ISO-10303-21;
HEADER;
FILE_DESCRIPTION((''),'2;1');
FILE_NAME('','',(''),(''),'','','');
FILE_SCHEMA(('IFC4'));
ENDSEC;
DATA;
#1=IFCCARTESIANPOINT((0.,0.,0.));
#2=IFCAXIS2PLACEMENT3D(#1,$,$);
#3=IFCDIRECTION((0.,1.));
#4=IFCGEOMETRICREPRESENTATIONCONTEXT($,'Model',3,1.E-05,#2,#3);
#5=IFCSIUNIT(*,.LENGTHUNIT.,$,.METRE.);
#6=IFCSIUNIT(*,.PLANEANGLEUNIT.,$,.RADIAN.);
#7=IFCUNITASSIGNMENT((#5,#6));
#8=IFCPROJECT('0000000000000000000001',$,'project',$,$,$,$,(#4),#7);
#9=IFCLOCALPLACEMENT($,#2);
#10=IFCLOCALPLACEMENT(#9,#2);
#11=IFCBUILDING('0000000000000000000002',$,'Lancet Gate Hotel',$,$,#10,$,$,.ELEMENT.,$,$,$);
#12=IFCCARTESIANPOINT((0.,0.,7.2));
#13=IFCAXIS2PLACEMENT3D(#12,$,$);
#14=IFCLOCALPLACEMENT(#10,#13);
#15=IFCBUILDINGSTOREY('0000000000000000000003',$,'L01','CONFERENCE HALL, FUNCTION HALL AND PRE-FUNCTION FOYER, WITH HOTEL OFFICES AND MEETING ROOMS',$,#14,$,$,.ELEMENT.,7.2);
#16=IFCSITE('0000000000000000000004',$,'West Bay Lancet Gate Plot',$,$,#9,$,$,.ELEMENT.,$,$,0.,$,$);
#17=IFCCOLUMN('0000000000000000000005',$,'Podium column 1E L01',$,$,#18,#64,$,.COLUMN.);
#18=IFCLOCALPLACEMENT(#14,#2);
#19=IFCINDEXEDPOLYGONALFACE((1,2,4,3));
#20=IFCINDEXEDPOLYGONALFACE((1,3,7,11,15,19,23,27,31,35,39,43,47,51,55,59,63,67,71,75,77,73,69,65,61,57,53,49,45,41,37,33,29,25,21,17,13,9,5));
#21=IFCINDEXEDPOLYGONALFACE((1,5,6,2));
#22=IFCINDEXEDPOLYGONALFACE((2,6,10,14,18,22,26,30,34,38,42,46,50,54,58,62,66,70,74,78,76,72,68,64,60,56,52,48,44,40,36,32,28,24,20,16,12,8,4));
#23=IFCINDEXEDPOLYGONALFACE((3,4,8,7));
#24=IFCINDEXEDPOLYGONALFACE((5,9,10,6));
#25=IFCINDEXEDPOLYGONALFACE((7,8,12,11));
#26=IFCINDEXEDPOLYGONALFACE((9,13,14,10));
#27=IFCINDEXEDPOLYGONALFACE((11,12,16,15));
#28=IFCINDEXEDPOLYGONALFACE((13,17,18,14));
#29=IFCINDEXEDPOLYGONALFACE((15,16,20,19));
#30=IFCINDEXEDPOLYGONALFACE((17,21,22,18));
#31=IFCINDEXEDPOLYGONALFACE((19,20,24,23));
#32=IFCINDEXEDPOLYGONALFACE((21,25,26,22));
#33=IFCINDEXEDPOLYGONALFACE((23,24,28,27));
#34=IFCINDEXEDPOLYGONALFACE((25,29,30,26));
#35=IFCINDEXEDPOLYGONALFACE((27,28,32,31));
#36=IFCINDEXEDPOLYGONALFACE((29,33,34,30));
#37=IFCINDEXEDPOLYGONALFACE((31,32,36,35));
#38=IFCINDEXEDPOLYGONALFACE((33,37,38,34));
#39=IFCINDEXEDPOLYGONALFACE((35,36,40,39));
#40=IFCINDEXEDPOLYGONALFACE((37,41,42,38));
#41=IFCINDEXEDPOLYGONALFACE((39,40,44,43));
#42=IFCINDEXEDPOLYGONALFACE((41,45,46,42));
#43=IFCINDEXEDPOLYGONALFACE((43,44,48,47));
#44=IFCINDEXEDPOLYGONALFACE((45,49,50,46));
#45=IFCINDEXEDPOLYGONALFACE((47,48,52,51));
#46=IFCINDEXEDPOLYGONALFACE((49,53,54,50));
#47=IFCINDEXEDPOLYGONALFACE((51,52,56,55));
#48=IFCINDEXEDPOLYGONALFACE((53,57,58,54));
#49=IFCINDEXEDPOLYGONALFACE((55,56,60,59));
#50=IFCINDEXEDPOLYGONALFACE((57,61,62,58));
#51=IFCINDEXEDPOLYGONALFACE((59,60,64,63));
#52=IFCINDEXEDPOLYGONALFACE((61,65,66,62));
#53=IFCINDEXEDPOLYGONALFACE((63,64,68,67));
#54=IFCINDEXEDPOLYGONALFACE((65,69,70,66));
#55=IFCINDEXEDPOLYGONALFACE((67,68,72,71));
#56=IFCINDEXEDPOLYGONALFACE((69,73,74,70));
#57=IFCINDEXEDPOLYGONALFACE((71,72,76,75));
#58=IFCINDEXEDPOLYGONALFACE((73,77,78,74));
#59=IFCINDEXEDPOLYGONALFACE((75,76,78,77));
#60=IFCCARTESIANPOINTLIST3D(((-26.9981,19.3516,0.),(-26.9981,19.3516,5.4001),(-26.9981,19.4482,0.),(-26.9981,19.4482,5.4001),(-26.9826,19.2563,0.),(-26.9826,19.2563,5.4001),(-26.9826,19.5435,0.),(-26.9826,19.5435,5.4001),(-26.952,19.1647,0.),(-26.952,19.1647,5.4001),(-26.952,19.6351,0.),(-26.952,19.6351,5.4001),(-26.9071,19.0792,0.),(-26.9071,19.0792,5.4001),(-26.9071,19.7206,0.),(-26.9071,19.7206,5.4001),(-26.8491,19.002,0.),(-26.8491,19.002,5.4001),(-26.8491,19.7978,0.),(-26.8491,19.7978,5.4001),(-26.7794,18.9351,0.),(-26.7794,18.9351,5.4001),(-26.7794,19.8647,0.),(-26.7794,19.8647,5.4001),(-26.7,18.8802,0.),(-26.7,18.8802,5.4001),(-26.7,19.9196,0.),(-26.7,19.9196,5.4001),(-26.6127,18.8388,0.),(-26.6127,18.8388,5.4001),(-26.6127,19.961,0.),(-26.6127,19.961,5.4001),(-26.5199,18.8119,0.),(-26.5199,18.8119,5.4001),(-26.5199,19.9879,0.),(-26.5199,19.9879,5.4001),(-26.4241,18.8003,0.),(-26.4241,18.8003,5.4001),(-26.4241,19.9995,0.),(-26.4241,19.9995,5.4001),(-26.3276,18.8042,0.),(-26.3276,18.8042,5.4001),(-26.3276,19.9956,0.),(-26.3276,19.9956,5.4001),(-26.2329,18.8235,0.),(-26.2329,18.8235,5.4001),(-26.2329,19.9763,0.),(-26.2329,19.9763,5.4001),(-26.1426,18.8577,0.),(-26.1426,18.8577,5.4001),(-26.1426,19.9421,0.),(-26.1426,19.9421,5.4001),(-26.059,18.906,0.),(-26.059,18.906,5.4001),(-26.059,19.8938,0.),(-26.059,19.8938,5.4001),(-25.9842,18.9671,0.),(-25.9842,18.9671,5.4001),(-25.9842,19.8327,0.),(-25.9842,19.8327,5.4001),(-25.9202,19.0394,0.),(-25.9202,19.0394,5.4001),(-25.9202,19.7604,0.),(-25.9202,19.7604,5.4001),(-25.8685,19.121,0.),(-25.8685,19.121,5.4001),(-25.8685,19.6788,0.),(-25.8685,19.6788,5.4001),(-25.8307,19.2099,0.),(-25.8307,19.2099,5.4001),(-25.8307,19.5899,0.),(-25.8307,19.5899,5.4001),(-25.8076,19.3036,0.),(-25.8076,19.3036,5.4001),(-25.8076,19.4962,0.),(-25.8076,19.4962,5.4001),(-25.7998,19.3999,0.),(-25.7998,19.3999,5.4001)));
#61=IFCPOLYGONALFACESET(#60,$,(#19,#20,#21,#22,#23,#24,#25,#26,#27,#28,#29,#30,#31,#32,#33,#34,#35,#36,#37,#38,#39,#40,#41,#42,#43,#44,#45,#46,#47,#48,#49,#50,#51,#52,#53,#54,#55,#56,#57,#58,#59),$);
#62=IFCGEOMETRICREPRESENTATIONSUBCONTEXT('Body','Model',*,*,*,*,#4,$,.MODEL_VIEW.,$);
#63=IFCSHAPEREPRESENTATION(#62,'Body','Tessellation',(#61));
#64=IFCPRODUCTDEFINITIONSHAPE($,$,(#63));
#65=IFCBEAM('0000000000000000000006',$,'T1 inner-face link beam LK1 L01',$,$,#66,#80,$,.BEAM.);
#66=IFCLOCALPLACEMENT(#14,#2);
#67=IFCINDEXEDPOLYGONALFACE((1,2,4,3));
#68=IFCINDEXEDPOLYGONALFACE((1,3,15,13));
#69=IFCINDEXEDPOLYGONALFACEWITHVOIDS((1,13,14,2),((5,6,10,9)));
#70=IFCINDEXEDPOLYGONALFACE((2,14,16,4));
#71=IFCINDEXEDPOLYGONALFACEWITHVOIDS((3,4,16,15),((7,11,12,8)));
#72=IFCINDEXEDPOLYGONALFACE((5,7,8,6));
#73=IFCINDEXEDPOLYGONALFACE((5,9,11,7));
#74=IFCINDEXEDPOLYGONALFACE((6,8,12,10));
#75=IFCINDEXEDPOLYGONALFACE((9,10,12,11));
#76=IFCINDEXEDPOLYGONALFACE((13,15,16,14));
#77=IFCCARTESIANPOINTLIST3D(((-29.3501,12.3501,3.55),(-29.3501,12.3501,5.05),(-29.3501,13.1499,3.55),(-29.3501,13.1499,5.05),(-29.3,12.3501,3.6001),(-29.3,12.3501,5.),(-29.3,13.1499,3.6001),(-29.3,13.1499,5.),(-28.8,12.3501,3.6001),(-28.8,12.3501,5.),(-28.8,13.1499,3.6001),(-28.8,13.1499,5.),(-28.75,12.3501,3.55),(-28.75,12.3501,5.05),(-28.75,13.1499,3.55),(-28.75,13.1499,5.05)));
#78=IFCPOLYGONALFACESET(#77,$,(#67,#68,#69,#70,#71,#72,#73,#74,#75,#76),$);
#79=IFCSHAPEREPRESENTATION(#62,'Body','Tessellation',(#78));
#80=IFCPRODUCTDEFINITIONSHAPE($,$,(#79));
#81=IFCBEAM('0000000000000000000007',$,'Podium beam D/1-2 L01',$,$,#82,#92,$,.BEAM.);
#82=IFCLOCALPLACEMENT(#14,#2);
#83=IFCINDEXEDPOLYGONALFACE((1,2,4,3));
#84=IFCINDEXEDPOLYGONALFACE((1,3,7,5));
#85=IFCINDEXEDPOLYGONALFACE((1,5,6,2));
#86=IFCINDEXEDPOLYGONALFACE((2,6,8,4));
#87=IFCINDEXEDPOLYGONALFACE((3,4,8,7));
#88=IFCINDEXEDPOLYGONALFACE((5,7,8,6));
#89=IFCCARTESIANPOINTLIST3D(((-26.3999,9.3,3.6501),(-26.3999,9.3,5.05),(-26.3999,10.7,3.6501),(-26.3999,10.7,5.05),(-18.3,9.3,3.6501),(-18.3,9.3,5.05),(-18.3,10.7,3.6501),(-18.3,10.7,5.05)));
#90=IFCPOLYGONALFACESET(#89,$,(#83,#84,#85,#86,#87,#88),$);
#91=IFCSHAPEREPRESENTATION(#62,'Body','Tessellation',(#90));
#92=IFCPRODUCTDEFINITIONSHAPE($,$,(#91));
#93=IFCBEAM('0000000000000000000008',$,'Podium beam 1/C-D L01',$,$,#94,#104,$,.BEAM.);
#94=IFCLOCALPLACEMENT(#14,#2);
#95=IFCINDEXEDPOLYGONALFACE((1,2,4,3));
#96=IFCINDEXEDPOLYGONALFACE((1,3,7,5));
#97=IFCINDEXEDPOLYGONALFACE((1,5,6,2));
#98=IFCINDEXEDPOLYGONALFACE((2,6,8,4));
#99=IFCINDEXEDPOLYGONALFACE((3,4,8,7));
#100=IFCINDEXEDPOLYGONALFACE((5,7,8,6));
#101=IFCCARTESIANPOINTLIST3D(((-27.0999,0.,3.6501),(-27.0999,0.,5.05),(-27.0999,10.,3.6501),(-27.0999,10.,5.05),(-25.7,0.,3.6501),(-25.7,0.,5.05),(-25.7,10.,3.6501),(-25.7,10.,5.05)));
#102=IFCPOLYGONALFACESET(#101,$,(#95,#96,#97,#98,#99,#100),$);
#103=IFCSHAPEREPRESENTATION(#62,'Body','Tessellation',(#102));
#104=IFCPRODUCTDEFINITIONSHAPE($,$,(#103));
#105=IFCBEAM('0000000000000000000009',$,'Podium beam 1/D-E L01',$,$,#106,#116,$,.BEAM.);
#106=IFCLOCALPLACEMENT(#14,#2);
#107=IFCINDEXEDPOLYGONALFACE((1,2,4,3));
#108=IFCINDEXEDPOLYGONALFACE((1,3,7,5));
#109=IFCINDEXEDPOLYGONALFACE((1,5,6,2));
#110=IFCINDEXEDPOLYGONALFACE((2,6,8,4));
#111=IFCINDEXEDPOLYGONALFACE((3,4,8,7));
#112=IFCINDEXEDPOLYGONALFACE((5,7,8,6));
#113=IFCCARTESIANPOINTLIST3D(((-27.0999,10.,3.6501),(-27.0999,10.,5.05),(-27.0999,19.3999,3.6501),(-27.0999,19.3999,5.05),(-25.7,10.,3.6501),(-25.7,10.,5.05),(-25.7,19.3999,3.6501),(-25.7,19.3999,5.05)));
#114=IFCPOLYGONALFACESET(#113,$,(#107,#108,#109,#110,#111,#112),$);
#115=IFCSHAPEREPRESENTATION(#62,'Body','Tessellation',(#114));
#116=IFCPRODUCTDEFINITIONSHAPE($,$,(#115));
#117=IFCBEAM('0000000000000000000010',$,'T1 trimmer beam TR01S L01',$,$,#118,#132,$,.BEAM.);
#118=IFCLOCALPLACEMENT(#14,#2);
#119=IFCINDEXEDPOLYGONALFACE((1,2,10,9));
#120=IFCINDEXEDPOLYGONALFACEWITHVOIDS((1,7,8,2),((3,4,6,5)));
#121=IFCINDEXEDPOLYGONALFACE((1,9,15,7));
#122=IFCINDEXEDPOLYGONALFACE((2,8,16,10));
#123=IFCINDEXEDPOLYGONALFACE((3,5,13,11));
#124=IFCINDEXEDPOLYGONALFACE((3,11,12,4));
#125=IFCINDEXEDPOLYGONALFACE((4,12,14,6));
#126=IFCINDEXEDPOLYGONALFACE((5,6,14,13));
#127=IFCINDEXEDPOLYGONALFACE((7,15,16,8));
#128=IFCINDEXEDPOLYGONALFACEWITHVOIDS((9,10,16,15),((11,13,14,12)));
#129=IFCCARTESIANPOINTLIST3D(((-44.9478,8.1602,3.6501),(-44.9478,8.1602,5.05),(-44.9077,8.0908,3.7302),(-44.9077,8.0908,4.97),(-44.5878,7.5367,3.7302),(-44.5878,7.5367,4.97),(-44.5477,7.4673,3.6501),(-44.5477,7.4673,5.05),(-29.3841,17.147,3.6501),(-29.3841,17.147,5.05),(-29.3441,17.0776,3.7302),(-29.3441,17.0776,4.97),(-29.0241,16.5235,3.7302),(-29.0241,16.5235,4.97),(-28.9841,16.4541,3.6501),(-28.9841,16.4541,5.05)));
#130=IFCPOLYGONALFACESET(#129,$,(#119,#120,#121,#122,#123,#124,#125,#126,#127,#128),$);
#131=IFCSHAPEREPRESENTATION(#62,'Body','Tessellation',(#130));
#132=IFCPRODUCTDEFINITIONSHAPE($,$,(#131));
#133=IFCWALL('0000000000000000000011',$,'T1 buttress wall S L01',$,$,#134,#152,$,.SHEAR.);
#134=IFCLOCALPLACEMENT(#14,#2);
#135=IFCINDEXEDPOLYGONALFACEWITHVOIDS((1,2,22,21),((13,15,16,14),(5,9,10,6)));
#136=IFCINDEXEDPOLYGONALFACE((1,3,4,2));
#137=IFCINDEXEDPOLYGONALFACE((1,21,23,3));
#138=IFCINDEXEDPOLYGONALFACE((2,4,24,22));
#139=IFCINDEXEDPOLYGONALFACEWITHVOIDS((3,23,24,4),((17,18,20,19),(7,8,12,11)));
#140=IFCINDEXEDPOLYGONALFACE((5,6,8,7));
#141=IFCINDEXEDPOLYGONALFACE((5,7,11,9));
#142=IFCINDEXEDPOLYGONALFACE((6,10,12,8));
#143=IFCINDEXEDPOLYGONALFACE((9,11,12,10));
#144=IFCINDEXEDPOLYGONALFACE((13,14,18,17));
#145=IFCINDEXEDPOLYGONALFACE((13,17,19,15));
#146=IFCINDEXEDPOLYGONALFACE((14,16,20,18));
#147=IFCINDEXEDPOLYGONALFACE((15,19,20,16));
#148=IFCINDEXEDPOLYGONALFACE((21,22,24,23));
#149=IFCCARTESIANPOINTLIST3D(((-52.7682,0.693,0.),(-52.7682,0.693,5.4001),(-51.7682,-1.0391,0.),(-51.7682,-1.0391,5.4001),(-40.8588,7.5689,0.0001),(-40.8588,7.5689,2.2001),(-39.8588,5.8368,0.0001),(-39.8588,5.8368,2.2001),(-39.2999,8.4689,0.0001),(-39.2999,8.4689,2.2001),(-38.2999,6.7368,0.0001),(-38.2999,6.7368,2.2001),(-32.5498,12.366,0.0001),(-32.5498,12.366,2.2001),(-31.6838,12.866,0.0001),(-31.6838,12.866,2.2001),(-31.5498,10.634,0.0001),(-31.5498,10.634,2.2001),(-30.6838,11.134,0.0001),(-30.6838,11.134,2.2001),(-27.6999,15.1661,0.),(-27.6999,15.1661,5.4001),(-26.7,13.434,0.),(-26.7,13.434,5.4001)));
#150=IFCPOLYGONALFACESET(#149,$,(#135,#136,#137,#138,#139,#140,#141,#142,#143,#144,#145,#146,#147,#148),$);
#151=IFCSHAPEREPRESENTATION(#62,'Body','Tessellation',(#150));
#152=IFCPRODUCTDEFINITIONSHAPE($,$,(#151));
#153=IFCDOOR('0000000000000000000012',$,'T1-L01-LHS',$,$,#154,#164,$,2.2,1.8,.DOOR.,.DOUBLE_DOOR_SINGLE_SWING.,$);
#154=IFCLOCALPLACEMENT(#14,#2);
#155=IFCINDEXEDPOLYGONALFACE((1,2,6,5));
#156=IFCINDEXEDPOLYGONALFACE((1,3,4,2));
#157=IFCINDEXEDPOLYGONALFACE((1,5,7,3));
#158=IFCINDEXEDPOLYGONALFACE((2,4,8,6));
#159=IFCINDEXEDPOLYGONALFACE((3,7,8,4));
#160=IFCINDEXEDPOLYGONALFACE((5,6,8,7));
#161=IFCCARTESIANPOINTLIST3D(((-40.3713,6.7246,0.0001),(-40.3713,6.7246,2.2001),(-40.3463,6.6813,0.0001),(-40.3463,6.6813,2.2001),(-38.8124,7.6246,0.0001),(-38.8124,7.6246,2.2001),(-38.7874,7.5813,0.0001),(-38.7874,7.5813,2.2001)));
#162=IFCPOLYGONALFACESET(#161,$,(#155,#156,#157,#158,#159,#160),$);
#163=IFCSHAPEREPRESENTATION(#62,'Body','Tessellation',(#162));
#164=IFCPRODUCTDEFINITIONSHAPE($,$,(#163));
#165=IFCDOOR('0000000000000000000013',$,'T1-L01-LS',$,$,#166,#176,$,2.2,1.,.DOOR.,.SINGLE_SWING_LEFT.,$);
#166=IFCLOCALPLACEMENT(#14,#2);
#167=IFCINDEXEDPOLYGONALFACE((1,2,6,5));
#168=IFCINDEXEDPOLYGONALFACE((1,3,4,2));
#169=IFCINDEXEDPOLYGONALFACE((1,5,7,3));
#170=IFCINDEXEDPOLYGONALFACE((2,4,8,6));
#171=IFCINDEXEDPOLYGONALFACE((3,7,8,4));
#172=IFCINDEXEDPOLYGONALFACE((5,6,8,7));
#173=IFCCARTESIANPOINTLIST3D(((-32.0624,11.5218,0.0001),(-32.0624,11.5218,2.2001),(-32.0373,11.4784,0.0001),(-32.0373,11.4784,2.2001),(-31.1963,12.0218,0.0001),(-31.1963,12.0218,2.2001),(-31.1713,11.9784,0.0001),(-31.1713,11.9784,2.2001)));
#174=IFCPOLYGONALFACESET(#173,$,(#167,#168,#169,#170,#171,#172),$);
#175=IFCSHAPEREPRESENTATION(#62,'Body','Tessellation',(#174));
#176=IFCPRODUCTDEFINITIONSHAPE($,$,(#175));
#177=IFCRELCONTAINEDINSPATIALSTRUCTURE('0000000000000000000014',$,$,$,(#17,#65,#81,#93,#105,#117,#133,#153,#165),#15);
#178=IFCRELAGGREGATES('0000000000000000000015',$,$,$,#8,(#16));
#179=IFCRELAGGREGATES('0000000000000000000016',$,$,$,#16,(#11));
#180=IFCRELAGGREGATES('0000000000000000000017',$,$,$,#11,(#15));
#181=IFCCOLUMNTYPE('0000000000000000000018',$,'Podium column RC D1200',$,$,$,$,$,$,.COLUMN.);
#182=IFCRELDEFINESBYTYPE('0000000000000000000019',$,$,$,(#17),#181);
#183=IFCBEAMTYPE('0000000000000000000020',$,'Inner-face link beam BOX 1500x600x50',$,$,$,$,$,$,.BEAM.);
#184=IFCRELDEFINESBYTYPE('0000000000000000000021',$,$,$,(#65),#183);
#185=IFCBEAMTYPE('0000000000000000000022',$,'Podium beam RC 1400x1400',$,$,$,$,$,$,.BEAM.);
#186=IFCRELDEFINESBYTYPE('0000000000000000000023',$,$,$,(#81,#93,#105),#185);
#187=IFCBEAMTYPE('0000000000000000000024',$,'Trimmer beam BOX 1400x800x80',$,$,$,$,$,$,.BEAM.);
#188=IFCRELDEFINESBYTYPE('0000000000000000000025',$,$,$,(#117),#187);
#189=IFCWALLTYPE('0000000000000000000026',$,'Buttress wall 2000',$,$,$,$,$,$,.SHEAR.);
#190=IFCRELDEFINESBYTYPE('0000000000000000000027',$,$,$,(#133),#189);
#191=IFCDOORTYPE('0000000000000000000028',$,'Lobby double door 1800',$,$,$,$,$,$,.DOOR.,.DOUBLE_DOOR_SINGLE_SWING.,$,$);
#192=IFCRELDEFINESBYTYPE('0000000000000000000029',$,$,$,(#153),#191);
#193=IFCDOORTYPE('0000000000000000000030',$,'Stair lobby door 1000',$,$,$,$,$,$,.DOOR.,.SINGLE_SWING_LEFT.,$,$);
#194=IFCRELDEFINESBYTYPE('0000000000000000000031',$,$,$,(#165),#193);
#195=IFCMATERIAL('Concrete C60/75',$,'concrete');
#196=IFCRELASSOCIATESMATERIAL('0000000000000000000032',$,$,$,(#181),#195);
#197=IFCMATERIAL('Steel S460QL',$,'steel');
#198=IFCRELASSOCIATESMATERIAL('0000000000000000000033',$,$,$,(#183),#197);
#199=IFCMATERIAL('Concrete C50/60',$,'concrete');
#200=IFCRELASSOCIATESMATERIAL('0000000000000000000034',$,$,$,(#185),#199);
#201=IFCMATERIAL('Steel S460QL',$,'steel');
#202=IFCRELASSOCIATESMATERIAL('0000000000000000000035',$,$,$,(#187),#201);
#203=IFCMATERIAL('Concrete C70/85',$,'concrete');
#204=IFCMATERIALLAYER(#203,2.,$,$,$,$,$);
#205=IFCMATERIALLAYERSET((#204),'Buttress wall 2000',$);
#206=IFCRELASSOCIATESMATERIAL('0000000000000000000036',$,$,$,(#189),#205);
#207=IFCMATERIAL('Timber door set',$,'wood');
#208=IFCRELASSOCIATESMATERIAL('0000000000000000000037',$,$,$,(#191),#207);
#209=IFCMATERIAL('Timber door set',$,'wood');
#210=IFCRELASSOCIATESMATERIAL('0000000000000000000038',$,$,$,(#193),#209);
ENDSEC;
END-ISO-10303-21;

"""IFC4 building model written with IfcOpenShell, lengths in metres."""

from ifc_helpers import new_model, si_unit, direction, frame, frame_2d, origin, origin_2d, place, context, subcontext, project, spatial, rectangle, hollow_rectangle, circle, extrude, material, layer, layer_set, material_profile, profile_set, type_object, element, fill, save


model = new_model("IFC4")

# Units and contexts
model_context = context("Model", 3, precision=1e-05, world=origin(), true_north=direction((0.0, 1.0)))
body_context = subcontext(model_context, "Body", "Model", "MODEL_VIEW")
ifc_project = project(units=[si_unit("LENGTHUNIT", "METRE"), si_unit("PLANEANGLEUNIT", "RADIAN")], contexts=[model_context])

# Site, building, storey
site_placement = place(None, origin())
site = spatial("IfcSite", under=ifc_project, at=site_placement, Name="West Bay Lancet Gate Plot", CompositionType="ELEMENT", RefElevation=0.0)
building_placement = place(site_placement, origin())
building = spatial("IfcBuilding", under=site, at=building_placement, Name="Lancet Gate Hotel", CompositionType="ELEMENT")
storey_placement = place(building_placement, frame((0.0, 0.0, 7.2)))
storey = spatial("IfcBuildingStorey", under=building, at=storey_placement, Name="L01", Description="CONFERENCE HALL, FUNCTION HALL AND PRE-FUNCTION FOYER, WITH HOTEL OFFICES AND MEETING ROOMS", CompositionType="ELEMENT", Elevation=7.2)

# Column
ifc_material_1 = material(Name="Concrete C60/75", Category="concrete")
ifc_material_profile_1 = material_profile(ifc_material_1, circle(Radius=0.6001, at=origin_2d()), Name="RC D1200")
ifc_profile_set_1 = profile_set([ifc_material_profile_1], Name="Concrete C60/75")
column_type_1 = type_object("IfcColumnType", Name="Podium column RC D1200", PredefinedType="COLUMN", material=ifc_profile_set_1)
for number, where, z_axis, x_axis, name in (
    (1, (-26.3999, 19.3999, 0.0), (0.0, 0.0, 1.0), (1.0, 0.0, 0.0), "Podium column 1E L01"),
):
    element("IfcColumn", number, at=place(storey_placement, frame(where, z_axis=z_axis, x_axis=x_axis)), inside=storey, type_object=column_type_1, Name=name, PredefinedType="COLUMN", context=body_context, shape_type="SweptSolid", body=[
        extrude(circle(Radius=0.6001, at=origin_2d()), origin(), (0.0, 0.0, 1.0), 5.4001),
    ])

# Beams
ifc_material_2 = material(Name="Steel S460QL", Category="steel")
ifc_material_profile_2 = material_profile(ifc_material_2, hollow_rectangle(XDim=0.6001, YDim=1.5, WallThickness=0.05, at=origin_2d()), Name="BOX 1500x600x50")
ifc_profile_set_2 = profile_set([ifc_material_profile_2], Name="Steel S460QL")
beam_type_1 = type_object("IfcBeamType", Name="Inner-face link beam BOX 1500x600x50", PredefinedType="BEAM", material=ifc_profile_set_2)
beam_1_placement = place(storey_placement, frame((-29.05, 13.1499, 4.3), z_axis=(0.0, -1.0, 0.0), x_axis=(1.0, 0.0, 0.0)))
element("IfcBeam", 2, at=beam_1_placement, inside=storey, type_object=beam_type_1, Name="T1 inner-face link beam LK1 L01", PredefinedType="BEAM", context=body_context, shape_type="SweptSolid", body=[
    extrude(hollow_rectangle(XDim=0.6001, YDim=1.5, WallThickness=0.05, at=origin_2d()), origin(), (0.0, 0.0, 1.0), 0.7998),
])
ifc_material_3 = material(Name="Concrete C50/60", Category="concrete")
ifc_material_profile_3 = material_profile(ifc_material_3, rectangle(XDim=1.3999, YDim=1.3999, at=origin_2d()), Name="RC 1400x1400")
ifc_profile_set_3 = profile_set([ifc_material_profile_3], Name="Concrete C50/60")
beam_type_2 = type_object("IfcBeamType", Name="Podium beam RC 1400x1400", PredefinedType="BEAM", material=ifc_profile_set_3)
beam_2_placement = place(storey_placement, frame((-26.3999, 10.0, 4.3501), z_axis=(1.0, 0.0, 0.0), x_axis=(0.0, 1.0, 0.0)))
element("IfcBeam", 3, at=beam_2_placement, inside=storey, type_object=beam_type_2, Name="Podium beam D/1-2 L01", PredefinedType="BEAM", context=body_context, shape_type="SweptSolid", body=[
    extrude(rectangle(XDim=1.3999, YDim=1.3999, at=origin_2d()), origin(), (0.0, 0.0, 1.0), 8.0999),
])
beam_3_placement = place(storey_placement, frame((-26.3999, 0.0, 4.3501), z_axis=(0.0, 1.0, 0.0), x_axis=(-1.0, 0.0, 0.0)))
element("IfcBeam", 4, at=beam_3_placement, inside=storey, type_object=beam_type_2, Name="Podium beam 1/C-D L01", PredefinedType="BEAM", context=body_context, shape_type="SweptSolid", body=[
    extrude(rectangle(XDim=1.3999, YDim=1.3999, at=origin_2d()), origin(), (0.0, 0.0, 1.0), 10.0),
])
beam_4_placement = place(storey_placement, frame((-26.3999, 10.0, 4.3501), z_axis=(0.0, 1.0, 0.0), x_axis=(-1.0, 0.0, 0.0)))
element("IfcBeam", 5, at=beam_4_placement, inside=storey, type_object=beam_type_2, Name="Podium beam 1/D-E L01", PredefinedType="BEAM", context=body_context, shape_type="SweptSolid", body=[
    extrude(rectangle(XDim=1.3999, YDim=1.3999, at=origin_2d()), origin(), (0.0, 0.0, 1.0), 9.3999),
])
ifc_material_4 = material(Name="Steel S460QL", Category="steel")
ifc_material_profile_4 = material_profile(ifc_material_4, hollow_rectangle(XDim=0.8, YDim=1.3999, WallThickness=0.0801, at=origin_2d()), Name="BOX 1400x800x80")
ifc_profile_set_4 = profile_set([ifc_material_profile_4], Name="Steel S460QL")
beam_type_3 = type_object("IfcBeamType", Name="Trimmer beam BOX 1400x800x80", PredefinedType="BEAM", material=ifc_profile_set_4)
beam_5_placement = place(storey_placement, frame((-29.1841, 16.8005, 4.3501), z_axis=(-0.865999, -0.500046, 0.0), x_axis=(0.500046, -0.865999, 0.0)))
element("IfcBeam", 6, at=beam_5_placement, inside=storey, type_object=beam_type_3, Name="T1 trimmer beam TR01S L01", PredefinedType="BEAM", context=body_context, shape_type="SweptSolid", body=[
    extrude(hollow_rectangle(XDim=0.8, YDim=1.3999, WallThickness=0.0801, at=origin_2d()), origin(), (0.0, 0.0, 1.0), 17.9719),
])

# Wall, openings, doors
ifc_material_5 = material(Name="Concrete C70/85", Category="concrete")
ifc_layer_1 = layer(ifc_material_5, 2.0)
ifc_layer_set_1 = layer_set([ifc_layer_1], Name="Buttress wall 2000")
wall_type_1 = type_object("IfcWallType", Name="Buttress wall 2000", PredefinedType="SHEAR", material=ifc_layer_set_1)
wall_1_placement = place(storey_placement, frame((-27.2, 14.3, 0.0), z_axis=(0.0, 0.0, 1.0), x_axis=(-0.866027, -0.499998, 0.0)))
wall_1 = element("IfcWall", 7, at=wall_1_placement, inside=storey, type_object=wall_type_1, Name="T1 buttress wall S L01", PredefinedType="SHEAR", context=body_context, shape_type="SweptSolid", body=[
    extrude(rectangle(XDim=28.9463, YDim=2.0, at=frame_2d((14.4731, 0.0))), origin(), (0.0, 0.0, 1.0), 5.4001),
])
opening_1_placement = place(wall_1_placement, frame((4.6001, 0.0, 0.0)))
opening_1 = element("IfcOpeningElement", 8, at=opening_1_placement, cuts=wall_1, PredefinedType="OPENING", context=body_context, shape_type="SweptSolid", body=[
    extrude(rectangle(XDim=1.0, YDim=2.2, at=frame_2d((0.5, 1.1001))), frame((0.0, 1.01, 0.0), z_axis=(0.0, -1.0, 0.0), x_axis=(1.0, 0.0, 0.0)), (0.0, 0.0, 1.0), 2.02),
])
opening_2_placement = place(wall_1_placement, frame((13.3945, 0.0, 0.0)))
opening_2 = element("IfcOpeningElement", 9, at=opening_2_placement, cuts=wall_1, PredefinedType="OPENING", context=body_context, shape_type="SweptSolid", body=[
    extrude(rectangle(XDim=1.8, YDim=2.2, at=frame_2d((0.8999, 1.1001))), frame((0.0, 1.01, 0.0), z_axis=(0.0, -1.0, 0.0), x_axis=(1.0, 0.0, 0.0)), (0.0, 0.0, 1.0), 2.02),
])
ifc_material_6 = material(Name="Timber door set", Category="wood")
door_type_1 = type_object("IfcDoorType", Name="Lobby double door 1800", OperationType="DOUBLE_DOOR_SINGLE_SWING", PredefinedType="DOOR", material=ifc_material_6)
door_1_placement = place(opening_2_placement, origin())
door_1 = element("IfcDoor", 10, at=door_1_placement, inside=storey, type_object=door_type_1, Name="T1-L01-LHS", OperationType="DOUBLE_DOOR_SINGLE_SWING", OverallHeight=2.2, OverallWidth=1.8, PredefinedType="DOOR", context=body_context, shape_type="SweptSolid", body=[
    extrude(rectangle(XDim=1.8, YDim=2.2, at=frame_2d((0.8999, 1.1001))), frame((0.0, 0.0249, 0.0), z_axis=(0.0, -1.0, 0.0), x_axis=(1.0, 0.0, 0.0)), (0.0, 0.0, 1.0), 0.05),
])
fill(opening_2, door_1)
ifc_material_7 = material(Name="Timber door set", Category="wood")
door_type_2 = type_object("IfcDoorType", Name="Stair lobby door 1000", OperationType="SINGLE_SWING_LEFT", PredefinedType="DOOR", material=ifc_material_7)
door_2_placement = place(opening_1_placement, origin())
door_2 = element("IfcDoor", 11, at=door_2_placement, inside=storey, type_object=door_type_2, Name="T1-L01-LS", OperationType="SINGLE_SWING_LEFT", OverallHeight=2.2, OverallWidth=1.0, PredefinedType="DOOR", context=body_context, shape_type="SweptSolid", body=[
    extrude(rectangle(XDim=1.0, YDim=2.2, at=frame_2d((0.5, 1.1001))), frame((0.0, 0.0249, 0.0), z_axis=(0.0, -1.0, 0.0), x_axis=(1.0, 0.0, 0.0)), (0.0, 0.0, 1.0), 0.05),
])
fill(opening_1, door_2)

save(model, "model.ifc")
